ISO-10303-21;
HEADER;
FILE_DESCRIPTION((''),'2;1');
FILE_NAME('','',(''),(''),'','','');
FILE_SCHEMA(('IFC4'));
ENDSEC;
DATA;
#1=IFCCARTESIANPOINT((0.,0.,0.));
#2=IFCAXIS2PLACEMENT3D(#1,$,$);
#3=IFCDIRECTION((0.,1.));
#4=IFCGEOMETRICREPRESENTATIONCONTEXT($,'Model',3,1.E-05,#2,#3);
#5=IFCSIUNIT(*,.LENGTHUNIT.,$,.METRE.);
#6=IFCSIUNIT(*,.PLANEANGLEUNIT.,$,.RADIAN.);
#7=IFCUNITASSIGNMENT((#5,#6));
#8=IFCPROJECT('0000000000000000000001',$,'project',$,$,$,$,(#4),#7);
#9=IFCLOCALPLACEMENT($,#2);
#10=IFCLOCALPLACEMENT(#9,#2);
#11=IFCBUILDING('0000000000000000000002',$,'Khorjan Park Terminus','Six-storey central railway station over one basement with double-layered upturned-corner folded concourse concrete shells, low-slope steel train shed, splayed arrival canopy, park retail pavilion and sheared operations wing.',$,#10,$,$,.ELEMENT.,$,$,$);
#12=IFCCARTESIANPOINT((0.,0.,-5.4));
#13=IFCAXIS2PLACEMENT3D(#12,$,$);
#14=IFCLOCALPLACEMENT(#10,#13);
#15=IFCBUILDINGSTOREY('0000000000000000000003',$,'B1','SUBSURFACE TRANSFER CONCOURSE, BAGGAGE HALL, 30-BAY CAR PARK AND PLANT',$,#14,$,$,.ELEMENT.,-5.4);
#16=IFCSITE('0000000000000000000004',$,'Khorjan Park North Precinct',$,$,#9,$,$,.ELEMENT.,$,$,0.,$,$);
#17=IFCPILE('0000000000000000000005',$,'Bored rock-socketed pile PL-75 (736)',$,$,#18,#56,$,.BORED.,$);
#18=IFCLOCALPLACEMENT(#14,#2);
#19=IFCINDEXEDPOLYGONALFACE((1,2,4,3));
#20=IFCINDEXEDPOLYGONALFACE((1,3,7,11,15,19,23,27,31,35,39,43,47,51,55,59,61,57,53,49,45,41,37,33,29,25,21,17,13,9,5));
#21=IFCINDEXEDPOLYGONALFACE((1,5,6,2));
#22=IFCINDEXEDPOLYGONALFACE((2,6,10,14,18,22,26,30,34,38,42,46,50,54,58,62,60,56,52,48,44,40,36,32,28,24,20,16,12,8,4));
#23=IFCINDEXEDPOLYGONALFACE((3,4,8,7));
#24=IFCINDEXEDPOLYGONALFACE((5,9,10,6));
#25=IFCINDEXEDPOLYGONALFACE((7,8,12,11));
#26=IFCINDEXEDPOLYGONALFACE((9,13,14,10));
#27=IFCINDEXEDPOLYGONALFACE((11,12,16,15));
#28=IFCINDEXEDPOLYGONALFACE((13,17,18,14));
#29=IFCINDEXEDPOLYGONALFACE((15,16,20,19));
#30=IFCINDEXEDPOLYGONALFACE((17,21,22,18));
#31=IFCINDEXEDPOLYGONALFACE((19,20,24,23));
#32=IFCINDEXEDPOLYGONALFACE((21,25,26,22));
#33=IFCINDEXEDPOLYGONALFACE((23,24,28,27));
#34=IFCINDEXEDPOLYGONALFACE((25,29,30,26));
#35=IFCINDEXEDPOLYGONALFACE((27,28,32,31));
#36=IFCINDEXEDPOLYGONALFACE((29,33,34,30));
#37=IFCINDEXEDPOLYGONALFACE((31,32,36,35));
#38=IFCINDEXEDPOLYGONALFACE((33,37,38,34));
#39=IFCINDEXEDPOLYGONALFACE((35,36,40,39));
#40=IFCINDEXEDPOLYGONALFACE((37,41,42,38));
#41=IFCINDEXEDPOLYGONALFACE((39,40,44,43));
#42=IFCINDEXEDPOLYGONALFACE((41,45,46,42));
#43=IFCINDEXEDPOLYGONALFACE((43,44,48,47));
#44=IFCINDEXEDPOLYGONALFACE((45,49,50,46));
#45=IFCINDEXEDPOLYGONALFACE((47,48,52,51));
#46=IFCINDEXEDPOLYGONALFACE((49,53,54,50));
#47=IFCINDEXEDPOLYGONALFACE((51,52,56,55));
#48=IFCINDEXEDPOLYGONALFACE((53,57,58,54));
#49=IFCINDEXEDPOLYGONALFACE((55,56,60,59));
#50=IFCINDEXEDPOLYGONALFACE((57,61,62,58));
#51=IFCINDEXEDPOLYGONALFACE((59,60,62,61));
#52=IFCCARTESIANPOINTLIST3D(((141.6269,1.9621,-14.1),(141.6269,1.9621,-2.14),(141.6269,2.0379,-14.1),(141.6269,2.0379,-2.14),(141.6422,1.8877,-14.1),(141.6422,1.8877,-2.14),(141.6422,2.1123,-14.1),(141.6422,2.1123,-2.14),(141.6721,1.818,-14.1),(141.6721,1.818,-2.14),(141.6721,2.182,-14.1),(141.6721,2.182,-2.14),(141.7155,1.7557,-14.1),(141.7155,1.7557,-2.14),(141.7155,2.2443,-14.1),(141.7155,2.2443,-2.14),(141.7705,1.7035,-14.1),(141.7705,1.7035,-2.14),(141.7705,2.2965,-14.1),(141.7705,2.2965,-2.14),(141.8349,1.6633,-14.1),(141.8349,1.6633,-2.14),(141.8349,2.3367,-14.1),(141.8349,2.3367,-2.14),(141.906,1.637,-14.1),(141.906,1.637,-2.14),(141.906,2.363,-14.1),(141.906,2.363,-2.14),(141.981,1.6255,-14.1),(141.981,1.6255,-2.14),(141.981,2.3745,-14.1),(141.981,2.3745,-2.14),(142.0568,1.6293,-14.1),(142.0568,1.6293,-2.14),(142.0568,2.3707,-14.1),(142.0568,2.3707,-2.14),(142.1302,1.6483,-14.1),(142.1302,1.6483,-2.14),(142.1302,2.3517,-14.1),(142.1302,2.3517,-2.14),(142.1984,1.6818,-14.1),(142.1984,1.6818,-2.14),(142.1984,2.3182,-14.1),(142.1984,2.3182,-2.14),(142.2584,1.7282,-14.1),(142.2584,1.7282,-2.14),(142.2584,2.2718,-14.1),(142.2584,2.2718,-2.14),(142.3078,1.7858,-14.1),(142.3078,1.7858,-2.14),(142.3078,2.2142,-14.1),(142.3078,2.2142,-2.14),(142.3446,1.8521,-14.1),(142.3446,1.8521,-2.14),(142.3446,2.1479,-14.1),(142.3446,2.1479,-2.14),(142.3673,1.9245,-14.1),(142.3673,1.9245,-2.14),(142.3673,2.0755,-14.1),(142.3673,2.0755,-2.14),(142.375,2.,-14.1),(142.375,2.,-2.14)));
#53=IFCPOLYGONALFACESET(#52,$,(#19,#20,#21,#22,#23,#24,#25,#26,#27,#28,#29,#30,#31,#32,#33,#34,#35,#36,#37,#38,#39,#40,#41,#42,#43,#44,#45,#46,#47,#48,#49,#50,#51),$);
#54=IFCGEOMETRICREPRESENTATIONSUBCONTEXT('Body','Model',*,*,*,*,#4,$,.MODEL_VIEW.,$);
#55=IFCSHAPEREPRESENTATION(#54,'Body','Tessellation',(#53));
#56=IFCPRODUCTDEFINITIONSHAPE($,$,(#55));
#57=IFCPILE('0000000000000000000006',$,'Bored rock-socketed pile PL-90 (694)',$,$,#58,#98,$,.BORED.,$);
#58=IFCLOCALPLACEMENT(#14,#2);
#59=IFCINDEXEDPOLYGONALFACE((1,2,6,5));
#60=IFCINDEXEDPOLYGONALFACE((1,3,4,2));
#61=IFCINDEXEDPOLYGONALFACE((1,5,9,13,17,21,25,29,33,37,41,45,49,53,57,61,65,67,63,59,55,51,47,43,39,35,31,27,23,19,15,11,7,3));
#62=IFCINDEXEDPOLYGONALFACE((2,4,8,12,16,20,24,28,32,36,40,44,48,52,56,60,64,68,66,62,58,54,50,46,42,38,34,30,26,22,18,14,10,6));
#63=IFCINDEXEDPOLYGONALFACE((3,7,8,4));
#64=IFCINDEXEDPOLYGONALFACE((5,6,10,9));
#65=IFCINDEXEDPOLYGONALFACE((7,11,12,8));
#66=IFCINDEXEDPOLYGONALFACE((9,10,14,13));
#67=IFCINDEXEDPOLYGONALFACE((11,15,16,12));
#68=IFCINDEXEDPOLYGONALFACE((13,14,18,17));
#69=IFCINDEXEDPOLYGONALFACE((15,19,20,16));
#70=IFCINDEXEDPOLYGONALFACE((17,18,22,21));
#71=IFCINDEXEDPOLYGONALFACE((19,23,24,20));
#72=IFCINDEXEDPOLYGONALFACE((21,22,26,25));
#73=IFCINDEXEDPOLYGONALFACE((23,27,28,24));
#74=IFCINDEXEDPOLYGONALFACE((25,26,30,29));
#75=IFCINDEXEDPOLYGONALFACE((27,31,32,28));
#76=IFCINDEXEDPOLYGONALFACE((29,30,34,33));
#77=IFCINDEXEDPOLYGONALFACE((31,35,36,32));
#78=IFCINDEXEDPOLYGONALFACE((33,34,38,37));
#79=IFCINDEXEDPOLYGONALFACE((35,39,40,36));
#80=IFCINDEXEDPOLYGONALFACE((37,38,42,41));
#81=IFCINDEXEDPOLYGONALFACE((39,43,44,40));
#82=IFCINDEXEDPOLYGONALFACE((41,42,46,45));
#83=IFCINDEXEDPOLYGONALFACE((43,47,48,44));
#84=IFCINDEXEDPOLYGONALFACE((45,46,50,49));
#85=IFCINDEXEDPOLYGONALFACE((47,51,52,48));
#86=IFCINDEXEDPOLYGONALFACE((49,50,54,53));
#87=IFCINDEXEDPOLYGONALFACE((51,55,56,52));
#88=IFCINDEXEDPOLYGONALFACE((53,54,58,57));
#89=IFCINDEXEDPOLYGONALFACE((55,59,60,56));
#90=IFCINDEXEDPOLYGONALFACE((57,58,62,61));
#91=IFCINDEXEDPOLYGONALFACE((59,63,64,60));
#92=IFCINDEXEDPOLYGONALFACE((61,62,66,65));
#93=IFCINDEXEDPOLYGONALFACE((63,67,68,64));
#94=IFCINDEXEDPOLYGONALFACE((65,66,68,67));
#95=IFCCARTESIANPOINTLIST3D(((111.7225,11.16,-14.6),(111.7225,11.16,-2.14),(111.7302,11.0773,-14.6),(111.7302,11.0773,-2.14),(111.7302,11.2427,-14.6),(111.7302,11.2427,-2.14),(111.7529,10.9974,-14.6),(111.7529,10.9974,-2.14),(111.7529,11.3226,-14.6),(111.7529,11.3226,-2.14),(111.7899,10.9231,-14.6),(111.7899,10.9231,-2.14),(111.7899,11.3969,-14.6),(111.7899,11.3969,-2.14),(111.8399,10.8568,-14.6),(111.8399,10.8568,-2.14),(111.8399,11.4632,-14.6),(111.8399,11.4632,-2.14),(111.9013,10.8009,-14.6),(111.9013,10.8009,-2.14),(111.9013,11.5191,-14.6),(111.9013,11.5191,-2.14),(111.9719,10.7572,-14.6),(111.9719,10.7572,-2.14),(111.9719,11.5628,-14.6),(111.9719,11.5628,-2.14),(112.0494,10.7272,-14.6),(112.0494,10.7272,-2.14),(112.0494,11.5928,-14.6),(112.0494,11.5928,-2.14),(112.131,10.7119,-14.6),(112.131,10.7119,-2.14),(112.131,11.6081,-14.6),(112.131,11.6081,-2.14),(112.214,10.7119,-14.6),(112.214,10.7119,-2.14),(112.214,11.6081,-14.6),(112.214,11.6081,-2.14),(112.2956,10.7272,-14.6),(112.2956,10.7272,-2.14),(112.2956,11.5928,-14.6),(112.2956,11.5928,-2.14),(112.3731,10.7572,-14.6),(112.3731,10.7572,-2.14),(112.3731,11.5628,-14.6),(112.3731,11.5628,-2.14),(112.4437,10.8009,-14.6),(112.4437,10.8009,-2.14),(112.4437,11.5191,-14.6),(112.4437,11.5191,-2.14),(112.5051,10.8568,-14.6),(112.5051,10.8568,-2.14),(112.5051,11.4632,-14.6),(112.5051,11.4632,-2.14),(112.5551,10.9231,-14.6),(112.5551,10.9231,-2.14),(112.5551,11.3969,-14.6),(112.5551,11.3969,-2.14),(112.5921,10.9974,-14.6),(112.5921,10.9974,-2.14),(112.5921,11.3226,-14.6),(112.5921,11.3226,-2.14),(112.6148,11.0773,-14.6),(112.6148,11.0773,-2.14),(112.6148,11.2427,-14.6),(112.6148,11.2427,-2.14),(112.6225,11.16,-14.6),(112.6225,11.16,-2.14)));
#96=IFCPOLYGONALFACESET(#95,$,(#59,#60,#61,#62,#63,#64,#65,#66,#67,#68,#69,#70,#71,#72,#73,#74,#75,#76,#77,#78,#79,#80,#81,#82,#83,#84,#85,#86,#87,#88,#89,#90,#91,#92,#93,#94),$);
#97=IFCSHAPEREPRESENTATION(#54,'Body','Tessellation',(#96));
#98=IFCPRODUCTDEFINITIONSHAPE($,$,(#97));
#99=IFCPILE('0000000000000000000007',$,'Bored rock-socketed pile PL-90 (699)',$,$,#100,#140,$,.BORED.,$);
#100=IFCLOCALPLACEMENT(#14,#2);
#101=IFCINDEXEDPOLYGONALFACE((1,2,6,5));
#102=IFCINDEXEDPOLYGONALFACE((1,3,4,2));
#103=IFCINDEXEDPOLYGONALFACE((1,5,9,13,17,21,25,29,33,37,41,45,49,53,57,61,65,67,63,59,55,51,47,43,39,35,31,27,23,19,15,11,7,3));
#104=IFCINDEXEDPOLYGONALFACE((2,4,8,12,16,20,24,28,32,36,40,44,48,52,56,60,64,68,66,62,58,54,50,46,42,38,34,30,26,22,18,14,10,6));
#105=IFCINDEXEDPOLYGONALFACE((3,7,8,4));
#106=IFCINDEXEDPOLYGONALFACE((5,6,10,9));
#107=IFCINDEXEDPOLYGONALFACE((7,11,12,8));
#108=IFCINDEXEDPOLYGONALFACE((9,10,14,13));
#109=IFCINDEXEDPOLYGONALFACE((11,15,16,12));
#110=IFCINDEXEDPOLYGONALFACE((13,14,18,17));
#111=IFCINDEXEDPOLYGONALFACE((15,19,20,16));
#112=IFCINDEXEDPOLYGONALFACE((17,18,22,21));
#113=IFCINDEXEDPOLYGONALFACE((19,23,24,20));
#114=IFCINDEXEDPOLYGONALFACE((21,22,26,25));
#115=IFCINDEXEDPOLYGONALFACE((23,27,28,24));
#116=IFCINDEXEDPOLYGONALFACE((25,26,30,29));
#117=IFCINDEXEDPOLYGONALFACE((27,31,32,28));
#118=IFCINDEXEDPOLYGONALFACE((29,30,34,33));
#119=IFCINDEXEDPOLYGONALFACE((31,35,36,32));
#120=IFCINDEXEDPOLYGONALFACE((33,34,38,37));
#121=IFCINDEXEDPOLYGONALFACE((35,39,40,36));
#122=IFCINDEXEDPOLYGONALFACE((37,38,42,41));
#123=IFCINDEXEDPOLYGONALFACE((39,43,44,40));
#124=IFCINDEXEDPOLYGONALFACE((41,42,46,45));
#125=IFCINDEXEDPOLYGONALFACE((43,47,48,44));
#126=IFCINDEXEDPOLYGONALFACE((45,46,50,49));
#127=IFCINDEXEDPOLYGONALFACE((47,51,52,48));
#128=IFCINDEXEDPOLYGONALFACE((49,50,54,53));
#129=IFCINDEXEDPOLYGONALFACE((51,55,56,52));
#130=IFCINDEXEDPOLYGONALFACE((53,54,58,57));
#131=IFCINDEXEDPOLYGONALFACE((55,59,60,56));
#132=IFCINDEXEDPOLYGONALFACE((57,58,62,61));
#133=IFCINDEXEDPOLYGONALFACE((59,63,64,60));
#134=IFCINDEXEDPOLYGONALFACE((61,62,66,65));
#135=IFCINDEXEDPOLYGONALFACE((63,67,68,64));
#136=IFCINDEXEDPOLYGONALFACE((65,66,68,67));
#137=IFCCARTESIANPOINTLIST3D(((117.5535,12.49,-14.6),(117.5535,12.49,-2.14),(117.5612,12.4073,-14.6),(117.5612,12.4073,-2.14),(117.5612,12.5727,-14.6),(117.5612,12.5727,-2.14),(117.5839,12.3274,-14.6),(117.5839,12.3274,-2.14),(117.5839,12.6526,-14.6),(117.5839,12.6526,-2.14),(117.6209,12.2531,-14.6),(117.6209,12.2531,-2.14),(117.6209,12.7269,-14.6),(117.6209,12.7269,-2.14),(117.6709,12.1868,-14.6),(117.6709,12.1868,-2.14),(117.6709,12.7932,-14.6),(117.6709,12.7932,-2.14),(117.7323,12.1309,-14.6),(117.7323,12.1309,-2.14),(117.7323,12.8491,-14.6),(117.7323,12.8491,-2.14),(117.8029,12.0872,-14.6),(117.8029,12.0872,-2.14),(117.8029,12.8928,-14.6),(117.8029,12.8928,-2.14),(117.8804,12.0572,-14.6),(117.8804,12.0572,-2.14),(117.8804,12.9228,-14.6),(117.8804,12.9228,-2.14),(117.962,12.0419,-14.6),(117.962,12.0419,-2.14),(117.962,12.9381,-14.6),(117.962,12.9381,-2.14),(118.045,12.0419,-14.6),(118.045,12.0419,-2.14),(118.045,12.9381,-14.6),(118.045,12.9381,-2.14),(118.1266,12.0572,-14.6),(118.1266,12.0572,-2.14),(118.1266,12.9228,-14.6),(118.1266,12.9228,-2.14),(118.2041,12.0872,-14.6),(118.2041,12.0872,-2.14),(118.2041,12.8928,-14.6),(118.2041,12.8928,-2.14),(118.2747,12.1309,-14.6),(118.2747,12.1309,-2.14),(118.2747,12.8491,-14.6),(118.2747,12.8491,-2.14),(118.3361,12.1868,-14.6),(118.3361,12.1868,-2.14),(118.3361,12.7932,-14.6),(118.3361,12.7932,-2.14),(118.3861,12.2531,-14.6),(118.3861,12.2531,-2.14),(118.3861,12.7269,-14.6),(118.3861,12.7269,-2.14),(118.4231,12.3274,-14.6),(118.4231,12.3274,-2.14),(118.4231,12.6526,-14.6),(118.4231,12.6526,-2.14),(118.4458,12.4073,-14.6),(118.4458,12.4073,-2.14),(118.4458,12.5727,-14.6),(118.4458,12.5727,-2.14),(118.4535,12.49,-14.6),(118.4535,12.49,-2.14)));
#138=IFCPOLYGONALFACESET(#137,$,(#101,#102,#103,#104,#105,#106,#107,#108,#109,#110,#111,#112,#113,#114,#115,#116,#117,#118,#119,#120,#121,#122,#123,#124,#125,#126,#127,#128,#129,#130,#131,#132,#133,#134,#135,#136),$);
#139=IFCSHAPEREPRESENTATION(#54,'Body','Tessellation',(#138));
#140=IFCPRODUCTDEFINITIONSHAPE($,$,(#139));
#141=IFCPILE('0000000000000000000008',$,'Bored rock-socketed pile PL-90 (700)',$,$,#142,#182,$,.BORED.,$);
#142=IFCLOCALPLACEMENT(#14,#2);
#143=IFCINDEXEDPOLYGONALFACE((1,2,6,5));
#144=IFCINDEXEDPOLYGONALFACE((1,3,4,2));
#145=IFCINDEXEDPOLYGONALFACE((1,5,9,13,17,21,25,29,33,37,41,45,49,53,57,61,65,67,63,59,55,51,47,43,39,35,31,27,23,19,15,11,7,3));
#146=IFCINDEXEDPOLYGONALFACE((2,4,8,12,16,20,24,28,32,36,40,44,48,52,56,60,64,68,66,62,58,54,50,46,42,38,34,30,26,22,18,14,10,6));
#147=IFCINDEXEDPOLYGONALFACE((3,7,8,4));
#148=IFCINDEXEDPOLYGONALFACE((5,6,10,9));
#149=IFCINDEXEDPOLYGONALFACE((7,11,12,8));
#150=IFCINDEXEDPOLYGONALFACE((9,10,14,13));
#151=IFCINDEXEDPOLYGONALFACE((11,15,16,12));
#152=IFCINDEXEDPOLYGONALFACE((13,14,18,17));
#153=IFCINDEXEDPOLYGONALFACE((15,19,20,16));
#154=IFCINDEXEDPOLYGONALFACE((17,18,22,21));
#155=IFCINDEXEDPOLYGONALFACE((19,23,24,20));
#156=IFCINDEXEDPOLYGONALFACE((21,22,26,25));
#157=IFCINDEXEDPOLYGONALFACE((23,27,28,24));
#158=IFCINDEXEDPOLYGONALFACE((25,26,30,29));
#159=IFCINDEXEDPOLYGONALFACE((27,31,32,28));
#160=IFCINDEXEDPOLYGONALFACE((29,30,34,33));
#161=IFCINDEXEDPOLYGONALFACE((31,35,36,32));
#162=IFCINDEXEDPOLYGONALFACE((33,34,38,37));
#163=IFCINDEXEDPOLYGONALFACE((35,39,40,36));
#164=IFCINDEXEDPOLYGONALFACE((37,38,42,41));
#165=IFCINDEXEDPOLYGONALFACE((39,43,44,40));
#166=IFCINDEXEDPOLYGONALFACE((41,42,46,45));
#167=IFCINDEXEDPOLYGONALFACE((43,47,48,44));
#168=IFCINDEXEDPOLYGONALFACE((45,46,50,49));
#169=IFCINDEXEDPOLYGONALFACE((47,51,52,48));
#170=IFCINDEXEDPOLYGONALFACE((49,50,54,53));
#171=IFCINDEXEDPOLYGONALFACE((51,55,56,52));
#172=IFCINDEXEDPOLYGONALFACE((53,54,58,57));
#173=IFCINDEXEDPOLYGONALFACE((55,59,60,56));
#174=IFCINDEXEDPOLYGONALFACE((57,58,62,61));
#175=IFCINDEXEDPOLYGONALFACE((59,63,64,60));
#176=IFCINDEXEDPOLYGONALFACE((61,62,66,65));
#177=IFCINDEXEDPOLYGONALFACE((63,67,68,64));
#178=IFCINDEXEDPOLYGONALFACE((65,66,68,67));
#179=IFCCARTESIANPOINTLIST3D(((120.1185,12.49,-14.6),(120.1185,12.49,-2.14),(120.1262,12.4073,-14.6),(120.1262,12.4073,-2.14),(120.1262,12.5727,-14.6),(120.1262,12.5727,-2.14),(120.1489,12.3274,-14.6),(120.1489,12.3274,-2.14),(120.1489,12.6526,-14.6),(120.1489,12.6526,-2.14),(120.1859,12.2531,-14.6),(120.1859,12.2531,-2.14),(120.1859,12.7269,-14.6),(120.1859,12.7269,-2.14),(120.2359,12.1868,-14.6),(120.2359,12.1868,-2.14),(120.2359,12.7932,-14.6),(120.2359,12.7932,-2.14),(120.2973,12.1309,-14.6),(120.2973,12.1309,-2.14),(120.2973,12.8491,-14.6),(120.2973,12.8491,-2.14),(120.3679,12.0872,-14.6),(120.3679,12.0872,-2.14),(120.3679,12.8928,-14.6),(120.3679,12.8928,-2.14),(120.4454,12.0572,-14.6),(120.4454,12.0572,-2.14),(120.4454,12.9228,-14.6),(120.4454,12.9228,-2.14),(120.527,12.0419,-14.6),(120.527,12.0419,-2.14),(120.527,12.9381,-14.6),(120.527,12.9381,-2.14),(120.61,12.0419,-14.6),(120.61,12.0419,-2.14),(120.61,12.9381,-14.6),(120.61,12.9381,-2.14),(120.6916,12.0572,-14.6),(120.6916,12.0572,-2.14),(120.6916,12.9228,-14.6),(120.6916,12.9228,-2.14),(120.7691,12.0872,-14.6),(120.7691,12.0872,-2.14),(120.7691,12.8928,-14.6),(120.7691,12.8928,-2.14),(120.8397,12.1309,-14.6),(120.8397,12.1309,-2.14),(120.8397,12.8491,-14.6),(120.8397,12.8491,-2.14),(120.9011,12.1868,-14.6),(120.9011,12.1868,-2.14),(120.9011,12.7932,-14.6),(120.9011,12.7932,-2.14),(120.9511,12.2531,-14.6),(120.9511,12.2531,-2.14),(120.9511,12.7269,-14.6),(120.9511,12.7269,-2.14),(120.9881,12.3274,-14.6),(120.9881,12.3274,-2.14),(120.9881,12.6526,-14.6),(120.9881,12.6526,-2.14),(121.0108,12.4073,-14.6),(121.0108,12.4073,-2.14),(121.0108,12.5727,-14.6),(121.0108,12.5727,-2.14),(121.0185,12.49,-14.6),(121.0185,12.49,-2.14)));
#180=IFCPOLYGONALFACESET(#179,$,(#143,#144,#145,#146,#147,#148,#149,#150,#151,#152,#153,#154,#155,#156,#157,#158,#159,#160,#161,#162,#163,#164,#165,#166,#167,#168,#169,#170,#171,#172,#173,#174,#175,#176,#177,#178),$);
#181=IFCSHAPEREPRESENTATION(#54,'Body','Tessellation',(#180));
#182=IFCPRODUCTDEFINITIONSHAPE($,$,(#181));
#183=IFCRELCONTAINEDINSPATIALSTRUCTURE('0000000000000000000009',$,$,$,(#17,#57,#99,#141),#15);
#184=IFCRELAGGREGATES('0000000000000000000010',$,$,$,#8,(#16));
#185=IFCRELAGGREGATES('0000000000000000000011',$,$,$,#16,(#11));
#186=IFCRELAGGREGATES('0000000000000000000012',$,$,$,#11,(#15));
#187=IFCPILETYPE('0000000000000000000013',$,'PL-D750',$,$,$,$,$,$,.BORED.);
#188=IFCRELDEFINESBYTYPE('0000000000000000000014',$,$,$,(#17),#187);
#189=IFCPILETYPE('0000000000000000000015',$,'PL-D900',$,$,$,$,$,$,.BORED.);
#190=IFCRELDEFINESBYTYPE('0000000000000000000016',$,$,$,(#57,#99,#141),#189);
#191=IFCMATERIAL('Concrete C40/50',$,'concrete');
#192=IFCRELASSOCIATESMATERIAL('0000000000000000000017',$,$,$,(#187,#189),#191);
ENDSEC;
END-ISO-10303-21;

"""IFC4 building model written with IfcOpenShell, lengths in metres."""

from ifc_helpers import new_model, si_unit, direction, frame, origin, origin_2d, place, context, subcontext, project, spatial, circle, extrude, material, material_profile, profile_set, type_object, element, save


model = new_model("IFC4")

# Units and contexts
model_context = context("Model", 3, precision=1e-05, world=origin(), true_north=direction((0.0, 1.0)))
body_context = subcontext(model_context, "Body", "Model", "MODEL_VIEW")
ifc_project = project(units=[si_unit("LENGTHUNIT", "METRE"), si_unit("PLANEANGLEUNIT", "RADIAN")], contexts=[model_context])

# Site, building, storey
site_placement = place(None, origin())
site = spatial("IfcSite", under=ifc_project, at=site_placement, Name="Khorjan Park North Precinct", CompositionType="ELEMENT", RefElevation=0.0)
building_placement = place(site_placement, origin())
building = spatial("IfcBuilding", under=site, at=building_placement, Name="Khorjan Park Terminus", Description="Six-storey central railway station over one basement with double-layered upturned-corner folded concourse concrete shells, low-slope steel train shed, splayed arrival canopy, park retail pavilion and sheared operations wing.", CompositionType="ELEMENT")
storey_placement = place(building_placement, frame((0.0, 0.0, -5.4)))
storey = spatial("IfcBuildingStorey", under=building, at=storey_placement, Name="B1", Description="SUBSURFACE TRANSFER CONCOURSE, BAGGAGE HALL, 30-BAY CAR PARK AND PLANT", CompositionType="ELEMENT", Elevation=-5.4)

# Piles
ifc_material_1 = material(Name="Concrete C40/50", Category="concrete")
ifc_material_profile_1 = material_profile(ifc_material_1, circle(Radius=0.375, at=origin_2d()), Name="BORED D750")
ifc_profile_set_1 = profile_set([ifc_material_profile_1], Name="Concrete C40/50")
pile_type_1 = type_object("IfcPileType", Name="PL-D750", PredefinedType="BORED", material=ifc_profile_set_1)
for number, where, z_axis, x_axis, name in (
    (1, (142.0, 2.0, -2.14), (0.0, 0.0, -1.0), (1.0, 0.0, 0.0), "Bored rock-socketed pile PL-75 (736)"),
):
    element("IfcPile", number, at=place(storey_placement, frame(where, z_axis=z_axis, x_axis=x_axis)), inside=storey, type_object=pile_type_1, Name=name, PredefinedType="BORED", context=body_context, shape_type="SweptSolid", body=[
        extrude(circle(Radius=0.375, at=origin_2d()), origin(), (0.0, 0.0, 1.0), 11.96),
    ])
ifc_material_profile_2 = material_profile(ifc_material_1, circle(Radius=0.45, at=origin_2d()), Name="BORED D900")
ifc_profile_set_2 = profile_set([ifc_material_profile_2], Name="Concrete C40/50")
pile_type_2 = type_object("IfcPileType", Name="PL-D900", PredefinedType="BORED", material=ifc_profile_set_2)
for number, where, z_axis, x_axis, name in (
    (2, (112.1725, 11.16, -2.14), (0.0, 0.0, -1.0), (1.0, 0.0, 0.0), "Bored rock-socketed pile PL-90 (694)"),
    (3, (118.0035, 12.49, -2.14), (0.0, 0.0, -1.0), (1.0, 0.0, 0.0), "Bored rock-socketed pile PL-90 (699)"),
    (4, (120.5685, 12.49, -2.14), (0.0, 0.0, -1.0), (1.0, 0.0, 0.0), "Bored rock-socketed pile PL-90 (700)"),
):
    element("IfcPile", number, at=place(storey_placement, frame(where, z_axis=z_axis, x_axis=x_axis)), inside=storey, type_object=pile_type_2, Name=name, PredefinedType="BORED", context=body_context, shape_type="SweptSolid", body=[
        extrude(circle(Radius=0.45, at=origin_2d()), origin(), (0.0, 0.0, 1.0), 12.46),
    ])

save(model, "model.ifc")
